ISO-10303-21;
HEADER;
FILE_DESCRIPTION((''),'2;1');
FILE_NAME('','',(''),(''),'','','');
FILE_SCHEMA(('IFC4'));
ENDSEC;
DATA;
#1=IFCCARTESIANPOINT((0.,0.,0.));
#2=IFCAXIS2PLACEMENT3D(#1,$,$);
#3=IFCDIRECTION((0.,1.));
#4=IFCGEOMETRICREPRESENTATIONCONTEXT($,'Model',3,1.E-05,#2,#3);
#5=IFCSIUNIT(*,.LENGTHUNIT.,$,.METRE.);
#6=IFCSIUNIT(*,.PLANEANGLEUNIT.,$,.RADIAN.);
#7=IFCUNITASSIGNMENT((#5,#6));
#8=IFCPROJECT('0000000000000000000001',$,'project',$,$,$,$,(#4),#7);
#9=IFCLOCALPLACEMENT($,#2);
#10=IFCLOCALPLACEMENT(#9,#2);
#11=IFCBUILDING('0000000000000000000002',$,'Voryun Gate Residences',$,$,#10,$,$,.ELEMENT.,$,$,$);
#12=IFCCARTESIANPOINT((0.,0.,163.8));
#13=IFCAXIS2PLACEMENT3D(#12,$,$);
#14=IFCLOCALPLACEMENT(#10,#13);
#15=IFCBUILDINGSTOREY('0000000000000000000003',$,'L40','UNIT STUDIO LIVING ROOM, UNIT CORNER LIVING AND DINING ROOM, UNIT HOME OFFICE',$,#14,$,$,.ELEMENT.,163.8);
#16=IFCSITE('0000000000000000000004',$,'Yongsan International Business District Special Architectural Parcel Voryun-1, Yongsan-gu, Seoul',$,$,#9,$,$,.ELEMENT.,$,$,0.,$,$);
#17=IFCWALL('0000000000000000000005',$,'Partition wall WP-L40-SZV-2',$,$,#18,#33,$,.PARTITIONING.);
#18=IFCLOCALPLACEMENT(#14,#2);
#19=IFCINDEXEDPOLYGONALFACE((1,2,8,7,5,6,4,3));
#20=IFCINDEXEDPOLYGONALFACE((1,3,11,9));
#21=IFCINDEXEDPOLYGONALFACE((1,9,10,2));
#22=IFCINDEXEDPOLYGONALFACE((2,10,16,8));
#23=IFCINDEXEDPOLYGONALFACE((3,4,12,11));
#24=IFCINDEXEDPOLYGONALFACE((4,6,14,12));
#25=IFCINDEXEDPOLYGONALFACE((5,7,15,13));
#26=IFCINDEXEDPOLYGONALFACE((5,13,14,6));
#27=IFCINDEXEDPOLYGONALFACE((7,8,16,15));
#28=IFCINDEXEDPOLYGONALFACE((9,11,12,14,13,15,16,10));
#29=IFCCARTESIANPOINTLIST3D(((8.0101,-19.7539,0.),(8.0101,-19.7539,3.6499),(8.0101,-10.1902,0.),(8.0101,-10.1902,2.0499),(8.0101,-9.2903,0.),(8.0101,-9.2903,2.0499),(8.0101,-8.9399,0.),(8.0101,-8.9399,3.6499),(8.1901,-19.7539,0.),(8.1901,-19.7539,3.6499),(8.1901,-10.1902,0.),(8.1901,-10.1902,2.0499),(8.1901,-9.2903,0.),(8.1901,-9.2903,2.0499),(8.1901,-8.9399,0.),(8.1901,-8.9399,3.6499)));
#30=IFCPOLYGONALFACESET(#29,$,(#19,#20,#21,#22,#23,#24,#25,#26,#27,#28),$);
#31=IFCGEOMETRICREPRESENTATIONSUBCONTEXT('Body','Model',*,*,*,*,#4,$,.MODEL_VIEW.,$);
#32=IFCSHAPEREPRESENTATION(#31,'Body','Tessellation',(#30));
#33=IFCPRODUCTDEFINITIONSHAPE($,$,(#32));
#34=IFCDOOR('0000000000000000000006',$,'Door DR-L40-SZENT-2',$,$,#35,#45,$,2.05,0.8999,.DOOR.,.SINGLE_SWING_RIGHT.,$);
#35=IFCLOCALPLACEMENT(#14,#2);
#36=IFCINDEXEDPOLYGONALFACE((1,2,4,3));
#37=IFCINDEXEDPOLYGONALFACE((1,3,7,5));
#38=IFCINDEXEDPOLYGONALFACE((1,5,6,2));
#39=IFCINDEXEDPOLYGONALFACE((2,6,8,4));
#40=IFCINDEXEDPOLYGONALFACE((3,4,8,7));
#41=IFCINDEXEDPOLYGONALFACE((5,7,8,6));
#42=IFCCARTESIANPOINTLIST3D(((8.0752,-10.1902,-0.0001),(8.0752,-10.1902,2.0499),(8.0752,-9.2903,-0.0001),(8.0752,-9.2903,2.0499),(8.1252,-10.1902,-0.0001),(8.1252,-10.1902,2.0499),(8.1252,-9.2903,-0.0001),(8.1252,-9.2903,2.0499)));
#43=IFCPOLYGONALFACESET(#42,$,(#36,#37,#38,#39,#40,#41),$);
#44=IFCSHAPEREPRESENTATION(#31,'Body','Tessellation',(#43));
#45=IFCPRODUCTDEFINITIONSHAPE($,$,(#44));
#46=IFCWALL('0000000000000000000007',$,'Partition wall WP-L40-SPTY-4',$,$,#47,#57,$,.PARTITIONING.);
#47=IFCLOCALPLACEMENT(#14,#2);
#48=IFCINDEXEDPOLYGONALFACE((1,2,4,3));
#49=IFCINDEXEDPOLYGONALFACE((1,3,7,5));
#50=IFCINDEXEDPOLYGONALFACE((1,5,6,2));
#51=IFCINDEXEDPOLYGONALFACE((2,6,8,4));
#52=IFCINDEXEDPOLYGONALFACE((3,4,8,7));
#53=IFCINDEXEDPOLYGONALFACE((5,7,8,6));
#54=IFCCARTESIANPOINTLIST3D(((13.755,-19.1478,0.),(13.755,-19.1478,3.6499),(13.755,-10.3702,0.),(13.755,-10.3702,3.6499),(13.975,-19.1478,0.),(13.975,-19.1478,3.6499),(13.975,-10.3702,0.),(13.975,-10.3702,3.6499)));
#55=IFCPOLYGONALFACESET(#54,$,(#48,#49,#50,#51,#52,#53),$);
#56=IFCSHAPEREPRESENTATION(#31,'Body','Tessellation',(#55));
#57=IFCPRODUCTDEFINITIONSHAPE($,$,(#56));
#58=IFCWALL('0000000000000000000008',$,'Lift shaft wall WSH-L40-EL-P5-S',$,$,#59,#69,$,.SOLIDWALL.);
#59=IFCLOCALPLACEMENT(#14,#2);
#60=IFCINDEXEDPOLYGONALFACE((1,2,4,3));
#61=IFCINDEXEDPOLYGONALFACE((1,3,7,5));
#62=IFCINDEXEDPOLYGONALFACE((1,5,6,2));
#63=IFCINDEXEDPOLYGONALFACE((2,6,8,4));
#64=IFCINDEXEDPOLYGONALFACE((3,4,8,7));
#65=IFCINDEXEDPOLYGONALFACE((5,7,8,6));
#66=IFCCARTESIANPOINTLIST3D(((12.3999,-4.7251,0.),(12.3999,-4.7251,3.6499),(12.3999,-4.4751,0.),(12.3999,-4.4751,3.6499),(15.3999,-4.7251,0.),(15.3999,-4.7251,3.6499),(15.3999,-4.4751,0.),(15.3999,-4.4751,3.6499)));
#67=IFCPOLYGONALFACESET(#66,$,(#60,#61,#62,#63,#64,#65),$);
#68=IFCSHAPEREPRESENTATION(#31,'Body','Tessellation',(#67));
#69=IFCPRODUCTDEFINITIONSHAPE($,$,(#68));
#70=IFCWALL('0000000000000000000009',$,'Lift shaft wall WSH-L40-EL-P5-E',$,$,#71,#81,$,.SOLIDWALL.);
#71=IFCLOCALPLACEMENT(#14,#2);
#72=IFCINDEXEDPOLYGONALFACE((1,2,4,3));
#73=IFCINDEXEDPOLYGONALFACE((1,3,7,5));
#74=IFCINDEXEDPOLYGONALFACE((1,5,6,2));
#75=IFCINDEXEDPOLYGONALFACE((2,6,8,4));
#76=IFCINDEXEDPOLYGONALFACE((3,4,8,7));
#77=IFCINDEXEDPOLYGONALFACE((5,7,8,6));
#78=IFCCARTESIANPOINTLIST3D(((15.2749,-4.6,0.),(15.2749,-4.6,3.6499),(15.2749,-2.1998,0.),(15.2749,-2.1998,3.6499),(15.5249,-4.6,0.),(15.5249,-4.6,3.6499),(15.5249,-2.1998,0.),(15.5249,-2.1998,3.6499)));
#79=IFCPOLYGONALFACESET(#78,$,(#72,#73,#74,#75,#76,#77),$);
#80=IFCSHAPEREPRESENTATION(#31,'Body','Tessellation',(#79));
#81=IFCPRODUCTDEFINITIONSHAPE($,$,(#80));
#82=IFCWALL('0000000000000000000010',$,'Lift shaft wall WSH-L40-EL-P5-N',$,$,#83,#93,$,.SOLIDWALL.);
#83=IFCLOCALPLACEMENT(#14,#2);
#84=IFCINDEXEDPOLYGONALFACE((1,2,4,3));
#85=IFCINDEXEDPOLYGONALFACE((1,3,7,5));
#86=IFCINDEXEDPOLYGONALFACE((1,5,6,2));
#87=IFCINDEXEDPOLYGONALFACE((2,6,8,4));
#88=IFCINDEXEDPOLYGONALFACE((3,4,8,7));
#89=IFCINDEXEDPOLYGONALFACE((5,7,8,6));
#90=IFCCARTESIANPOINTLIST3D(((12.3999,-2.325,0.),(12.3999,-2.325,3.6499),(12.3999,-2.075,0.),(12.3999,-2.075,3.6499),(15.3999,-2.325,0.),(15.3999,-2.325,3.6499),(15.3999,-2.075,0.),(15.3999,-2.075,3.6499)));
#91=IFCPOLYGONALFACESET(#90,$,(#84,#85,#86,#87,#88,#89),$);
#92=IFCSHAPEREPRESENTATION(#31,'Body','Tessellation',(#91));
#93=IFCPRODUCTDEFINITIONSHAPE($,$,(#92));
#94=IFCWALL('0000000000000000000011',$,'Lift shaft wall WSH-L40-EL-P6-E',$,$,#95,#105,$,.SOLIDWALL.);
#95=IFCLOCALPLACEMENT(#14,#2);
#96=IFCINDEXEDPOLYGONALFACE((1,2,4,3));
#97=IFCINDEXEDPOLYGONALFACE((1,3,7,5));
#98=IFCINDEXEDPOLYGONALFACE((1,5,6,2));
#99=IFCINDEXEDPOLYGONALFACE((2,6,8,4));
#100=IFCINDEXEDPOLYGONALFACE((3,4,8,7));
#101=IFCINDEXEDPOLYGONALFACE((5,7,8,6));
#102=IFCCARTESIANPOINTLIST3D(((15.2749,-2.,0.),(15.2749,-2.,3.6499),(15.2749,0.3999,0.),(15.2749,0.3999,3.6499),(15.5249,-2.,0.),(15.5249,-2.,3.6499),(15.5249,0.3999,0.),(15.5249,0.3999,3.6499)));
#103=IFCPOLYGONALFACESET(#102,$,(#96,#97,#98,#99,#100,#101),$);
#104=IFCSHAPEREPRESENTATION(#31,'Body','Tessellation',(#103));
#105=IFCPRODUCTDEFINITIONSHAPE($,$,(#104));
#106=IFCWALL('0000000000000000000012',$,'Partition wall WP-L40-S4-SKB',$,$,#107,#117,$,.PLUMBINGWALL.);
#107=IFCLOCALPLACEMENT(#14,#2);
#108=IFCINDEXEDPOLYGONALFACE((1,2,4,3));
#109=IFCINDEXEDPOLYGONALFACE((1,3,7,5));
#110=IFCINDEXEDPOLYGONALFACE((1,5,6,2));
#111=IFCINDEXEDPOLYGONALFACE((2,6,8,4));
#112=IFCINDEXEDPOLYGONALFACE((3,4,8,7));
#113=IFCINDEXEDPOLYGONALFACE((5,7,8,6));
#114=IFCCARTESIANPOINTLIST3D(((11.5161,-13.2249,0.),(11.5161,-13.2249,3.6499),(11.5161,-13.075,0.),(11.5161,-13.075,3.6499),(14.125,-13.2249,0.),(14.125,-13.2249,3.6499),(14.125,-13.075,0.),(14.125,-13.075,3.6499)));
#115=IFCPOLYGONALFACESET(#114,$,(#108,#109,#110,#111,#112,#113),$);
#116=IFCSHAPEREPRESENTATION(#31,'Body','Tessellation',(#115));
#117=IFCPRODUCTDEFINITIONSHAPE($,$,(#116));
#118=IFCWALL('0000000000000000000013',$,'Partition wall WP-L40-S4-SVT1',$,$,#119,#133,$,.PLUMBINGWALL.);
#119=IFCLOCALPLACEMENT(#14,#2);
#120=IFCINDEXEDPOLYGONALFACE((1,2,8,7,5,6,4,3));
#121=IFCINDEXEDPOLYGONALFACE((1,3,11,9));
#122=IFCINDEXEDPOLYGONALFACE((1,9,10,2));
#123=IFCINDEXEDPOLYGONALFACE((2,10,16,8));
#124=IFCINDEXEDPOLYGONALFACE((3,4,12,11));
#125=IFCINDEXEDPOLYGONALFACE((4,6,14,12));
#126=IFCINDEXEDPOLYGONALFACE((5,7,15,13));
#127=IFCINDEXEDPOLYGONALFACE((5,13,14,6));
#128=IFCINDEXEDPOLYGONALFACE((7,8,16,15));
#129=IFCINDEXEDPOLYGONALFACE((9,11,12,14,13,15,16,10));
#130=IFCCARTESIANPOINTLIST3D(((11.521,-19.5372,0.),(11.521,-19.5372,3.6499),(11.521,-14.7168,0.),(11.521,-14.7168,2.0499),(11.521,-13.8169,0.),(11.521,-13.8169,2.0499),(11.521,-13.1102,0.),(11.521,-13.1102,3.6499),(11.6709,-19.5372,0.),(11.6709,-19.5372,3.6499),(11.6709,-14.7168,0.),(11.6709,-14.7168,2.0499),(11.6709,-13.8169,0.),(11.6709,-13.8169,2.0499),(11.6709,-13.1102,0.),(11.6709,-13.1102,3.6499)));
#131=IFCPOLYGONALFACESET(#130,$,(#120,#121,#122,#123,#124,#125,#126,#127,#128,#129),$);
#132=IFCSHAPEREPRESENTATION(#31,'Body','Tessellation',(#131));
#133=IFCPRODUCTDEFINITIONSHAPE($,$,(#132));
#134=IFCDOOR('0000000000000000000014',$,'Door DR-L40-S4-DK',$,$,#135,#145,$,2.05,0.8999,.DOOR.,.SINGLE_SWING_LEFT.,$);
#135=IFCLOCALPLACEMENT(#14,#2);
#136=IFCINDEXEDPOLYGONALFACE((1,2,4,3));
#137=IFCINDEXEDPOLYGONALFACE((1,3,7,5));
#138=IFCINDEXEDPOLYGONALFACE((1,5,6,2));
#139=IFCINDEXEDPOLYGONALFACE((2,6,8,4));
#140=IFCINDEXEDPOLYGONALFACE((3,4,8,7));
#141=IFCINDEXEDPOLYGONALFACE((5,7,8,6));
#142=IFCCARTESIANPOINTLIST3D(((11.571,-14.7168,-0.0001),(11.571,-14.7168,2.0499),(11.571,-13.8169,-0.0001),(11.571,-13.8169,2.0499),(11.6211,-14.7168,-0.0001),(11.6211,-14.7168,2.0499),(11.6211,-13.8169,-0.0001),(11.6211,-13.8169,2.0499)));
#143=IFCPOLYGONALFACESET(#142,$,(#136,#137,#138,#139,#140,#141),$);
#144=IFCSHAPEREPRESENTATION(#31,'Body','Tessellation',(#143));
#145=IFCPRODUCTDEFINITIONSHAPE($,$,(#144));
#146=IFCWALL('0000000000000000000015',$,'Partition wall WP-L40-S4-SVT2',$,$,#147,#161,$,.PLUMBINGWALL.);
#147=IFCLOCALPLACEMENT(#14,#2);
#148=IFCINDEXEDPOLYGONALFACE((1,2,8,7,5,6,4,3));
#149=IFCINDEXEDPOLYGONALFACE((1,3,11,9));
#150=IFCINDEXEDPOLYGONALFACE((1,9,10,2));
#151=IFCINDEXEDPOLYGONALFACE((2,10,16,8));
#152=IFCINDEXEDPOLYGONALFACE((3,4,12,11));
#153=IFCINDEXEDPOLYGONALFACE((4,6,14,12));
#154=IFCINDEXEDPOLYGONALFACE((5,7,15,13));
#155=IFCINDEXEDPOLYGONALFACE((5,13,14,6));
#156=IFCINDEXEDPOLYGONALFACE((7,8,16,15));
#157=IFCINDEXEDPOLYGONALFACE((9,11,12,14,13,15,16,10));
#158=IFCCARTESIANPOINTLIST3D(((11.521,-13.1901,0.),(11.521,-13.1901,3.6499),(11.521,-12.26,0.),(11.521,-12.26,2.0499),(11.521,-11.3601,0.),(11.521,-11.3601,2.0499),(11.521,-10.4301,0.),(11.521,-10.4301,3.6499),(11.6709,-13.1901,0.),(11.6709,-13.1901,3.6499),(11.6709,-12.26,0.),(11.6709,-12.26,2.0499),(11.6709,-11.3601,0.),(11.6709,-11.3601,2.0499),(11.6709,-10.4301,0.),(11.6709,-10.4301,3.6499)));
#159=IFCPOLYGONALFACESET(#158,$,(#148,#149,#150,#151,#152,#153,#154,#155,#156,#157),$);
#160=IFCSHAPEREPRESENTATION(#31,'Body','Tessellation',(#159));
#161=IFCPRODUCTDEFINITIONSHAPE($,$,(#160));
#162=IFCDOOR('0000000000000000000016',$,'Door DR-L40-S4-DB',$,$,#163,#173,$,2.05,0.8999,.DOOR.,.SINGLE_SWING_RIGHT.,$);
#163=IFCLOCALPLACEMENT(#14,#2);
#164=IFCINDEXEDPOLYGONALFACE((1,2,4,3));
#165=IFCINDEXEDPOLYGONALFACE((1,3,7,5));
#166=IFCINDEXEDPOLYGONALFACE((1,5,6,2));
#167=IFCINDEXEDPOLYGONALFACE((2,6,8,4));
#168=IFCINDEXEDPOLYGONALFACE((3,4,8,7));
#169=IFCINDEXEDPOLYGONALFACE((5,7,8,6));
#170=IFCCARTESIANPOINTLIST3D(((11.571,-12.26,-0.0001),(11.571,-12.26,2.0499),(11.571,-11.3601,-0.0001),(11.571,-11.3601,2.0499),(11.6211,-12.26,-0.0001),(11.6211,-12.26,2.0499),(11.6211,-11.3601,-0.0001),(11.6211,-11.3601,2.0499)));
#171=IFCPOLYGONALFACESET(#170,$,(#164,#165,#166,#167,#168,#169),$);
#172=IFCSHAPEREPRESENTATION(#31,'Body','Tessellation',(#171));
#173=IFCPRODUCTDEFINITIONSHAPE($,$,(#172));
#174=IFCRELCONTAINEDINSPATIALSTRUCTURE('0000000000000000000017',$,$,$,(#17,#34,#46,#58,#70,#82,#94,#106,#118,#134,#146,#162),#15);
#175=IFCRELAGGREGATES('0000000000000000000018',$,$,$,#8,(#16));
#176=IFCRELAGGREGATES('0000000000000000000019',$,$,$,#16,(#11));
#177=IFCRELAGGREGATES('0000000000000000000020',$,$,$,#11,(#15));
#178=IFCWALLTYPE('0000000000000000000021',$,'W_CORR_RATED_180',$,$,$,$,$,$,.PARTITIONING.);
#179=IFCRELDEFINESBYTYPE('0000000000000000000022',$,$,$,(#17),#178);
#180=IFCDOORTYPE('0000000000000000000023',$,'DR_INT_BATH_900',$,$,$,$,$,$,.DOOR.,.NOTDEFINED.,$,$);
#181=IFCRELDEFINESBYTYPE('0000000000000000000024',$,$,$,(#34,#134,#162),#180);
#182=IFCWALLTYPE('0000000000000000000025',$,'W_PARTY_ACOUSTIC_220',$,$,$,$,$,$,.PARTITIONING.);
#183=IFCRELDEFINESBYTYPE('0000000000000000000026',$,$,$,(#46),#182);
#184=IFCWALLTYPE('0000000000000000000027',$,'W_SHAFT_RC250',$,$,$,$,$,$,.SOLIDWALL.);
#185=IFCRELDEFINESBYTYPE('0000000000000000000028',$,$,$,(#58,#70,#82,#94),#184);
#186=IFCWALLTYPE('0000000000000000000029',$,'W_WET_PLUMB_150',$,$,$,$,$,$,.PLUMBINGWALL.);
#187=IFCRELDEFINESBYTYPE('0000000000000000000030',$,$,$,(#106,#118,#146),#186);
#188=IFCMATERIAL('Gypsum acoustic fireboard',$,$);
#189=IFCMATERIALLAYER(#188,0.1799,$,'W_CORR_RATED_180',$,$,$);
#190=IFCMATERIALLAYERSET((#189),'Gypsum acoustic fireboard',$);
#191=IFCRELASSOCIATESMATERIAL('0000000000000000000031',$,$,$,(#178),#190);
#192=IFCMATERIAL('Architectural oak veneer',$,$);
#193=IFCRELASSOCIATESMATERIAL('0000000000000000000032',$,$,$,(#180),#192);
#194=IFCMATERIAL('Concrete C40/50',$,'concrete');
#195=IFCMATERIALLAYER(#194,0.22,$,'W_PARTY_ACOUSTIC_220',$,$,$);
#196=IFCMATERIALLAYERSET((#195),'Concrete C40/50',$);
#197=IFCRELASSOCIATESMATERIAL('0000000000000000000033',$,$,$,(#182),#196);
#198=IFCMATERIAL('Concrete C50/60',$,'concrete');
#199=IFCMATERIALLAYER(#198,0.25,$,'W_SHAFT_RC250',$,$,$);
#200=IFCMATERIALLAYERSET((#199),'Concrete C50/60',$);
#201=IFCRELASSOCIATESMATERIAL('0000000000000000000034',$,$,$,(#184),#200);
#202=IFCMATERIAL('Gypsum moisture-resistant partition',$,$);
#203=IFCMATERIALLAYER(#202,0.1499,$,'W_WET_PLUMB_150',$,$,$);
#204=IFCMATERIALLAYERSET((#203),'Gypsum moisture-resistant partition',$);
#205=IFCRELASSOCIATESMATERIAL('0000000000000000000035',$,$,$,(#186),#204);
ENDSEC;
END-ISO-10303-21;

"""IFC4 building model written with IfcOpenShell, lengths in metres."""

from ifc_helpers import new_model, si_unit, direction, frame, frame_2d, origin, place, context, subcontext, project, spatial, rectangle, extrude, material, layer, layer_set, type_object, element, fill, save


model = new_model("IFC4")

# Units and contexts
model_context = context("Model", 3, precision=1e-05, world=origin(), true_north=direction((0.0, 1.0)))
body_context = subcontext(model_context, "Body", "Model", "MODEL_VIEW")
ifc_project = project(units=[si_unit("LENGTHUNIT", "METRE"), si_unit("PLANEANGLEUNIT", "RADIAN")], contexts=[model_context])

# Site, building, storey
site_placement = place(None, origin())
site = spatial("IfcSite", under=ifc_project, at=site_placement, Name="Yongsan International Business District Special Architectural Parcel Voryun-1, Yongsan-gu, Seoul", CompositionType="ELEMENT", RefElevation=0.0)
building_placement = place(site_placement, origin())
building = spatial("IfcBuilding", under=site, at=building_placement, Name="Voryun Gate Residences", CompositionType="ELEMENT")
storey_placement = place(building_placement, frame((0.0, 0.0, 163.8)))
storey = spatial("IfcBuildingStorey", under=building, at=storey_placement, Name="L40", Description="UNIT STUDIO LIVING ROOM, UNIT CORNER LIVING AND DINING ROOM, UNIT HOME OFFICE", CompositionType="ELEMENT", Elevation=163.8)

# Shared definitions
ifc_material_1 = material(Name="Gypsum acoustic fireboard")
ifc_layer_1 = layer(ifc_material_1, 0.1799, Name="W_CORR_RATED_180")
ifc_layer_set_1 = layer_set([ifc_layer_1], Name="Gypsum acoustic fireboard")
wall_type_1 = type_object("IfcWallType", Name="W_CORR_RATED_180", PredefinedType="PARTITIONING", material=ifc_layer_set_1)

# Wall, opening, door
wall_1_placement = place(storey_placement, frame((8.1001, -19.7539, 0.0), z_axis=(0.0, 0.0, 1.0), x_axis=(0.0, 1.0, 0.0)))
wall_1 = element("IfcWall", 1, at=wall_1_placement, inside=storey, type_object=wall_type_1, Name="Partition wall WP-L40-SZV-2", PredefinedType="PARTITIONING", context=body_context, shape_type="SweptSolid", body=[
    extrude(rectangle(XDim=10.814, YDim=0.1799, at=frame_2d((5.407, 0.0))), origin(), (0.0, 0.0, 1.0), 3.6499),
])
opening_1_placement = place(wall_1_placement, frame((9.5637, 0.0, 0.0)))
opening_1 = element("IfcOpeningElement", 2, at=opening_1_placement, cuts=wall_1, PredefinedType="OPENING", context=body_context, shape_type="SweptSolid", body=[
    extrude(rectangle(XDim=0.8999, YDim=2.05, at=frame_2d((0.45, 1.0249))), frame((0.0, 0.0999, 0.0), z_axis=(0.0, -1.0, 0.0), x_axis=(1.0, 0.0, 0.0)), (0.0, 0.0, 1.0), 0.2),
])
ifc_material_2 = material(Name="Architectural oak veneer")
door_type_1 = type_object("IfcDoorType", Name="DR_INT_BATH_900", OperationType="NOTDEFINED", PredefinedType="DOOR", material=ifc_material_2)
door_1_placement = place(opening_1_placement, origin())
door_1 = element("IfcDoor", 3, at=door_1_placement, inside=storey, type_object=door_type_1, Name="Door DR-L40-SZENT-2", OperationType="SINGLE_SWING_RIGHT", OverallHeight=2.05, OverallWidth=0.8999, PredefinedType="DOOR", context=body_context, shape_type="SweptSolid", body=[
    extrude(rectangle(XDim=0.8999, YDim=2.05, at=frame_2d((0.45, 1.0249))), frame((0.0, 0.0249, 0.0), z_axis=(0.0, -1.0, 0.0), x_axis=(1.0, 0.0, 0.0)), (0.0, 0.0, 1.0), 0.05),
])
fill(opening_1, door_1)

# Walls
ifc_material_3 = material(Name="Concrete C40/50", Category="concrete")
ifc_layer_2 = layer(ifc_material_3, 0.22, Name="W_PARTY_ACOUSTIC_220")
ifc_layer_set_2 = layer_set([ifc_layer_2], Name="Concrete C40/50")
wall_type_2 = type_object("IfcWallType", Name="W_PARTY_ACOUSTIC_220", PredefinedType="PARTITIONING", material=ifc_layer_set_2)
wall_2_placement = place(storey_placement, frame((13.865, -19.1477, 0.0), z_axis=(0.0, 0.0, 1.0), x_axis=(0.0, 1.0, 0.0)))
element("IfcWall", 4, at=wall_2_placement, inside=storey, type_object=wall_type_2, Name="Partition wall WP-L40-SPTY-4", PredefinedType="PARTITIONING", context=body_context, shape_type="SweptSolid", body=[
    extrude(rectangle(XDim=8.7776, YDim=0.22, at=frame_2d((4.3887, 0.0))), origin(), (0.0, 0.0, 1.0), 3.6499),
])
ifc_material_4 = material(Name="Concrete C50/60", Category="concrete")
ifc_layer_3 = layer(ifc_material_4, 0.25, Name="W_SHAFT_RC250")
ifc_layer_set_3 = layer_set([ifc_layer_3], Name="Concrete C50/60")
wall_type_3 = type_object("IfcWallType", Name="W_SHAFT_RC250", PredefinedType="SOLIDWALL", material=ifc_layer_set_3)
wall_3_placement = place(storey_placement, frame((12.3999, -4.6001, 0.0), z_axis=(0.0, 0.0, 1.0), x_axis=(1.0, 0.0, 0.0)))
element("IfcWall", 5, at=wall_3_placement, inside=storey, type_object=wall_type_3, Name="Lift shaft wall WSH-L40-EL-P5-S", PredefinedType="SOLIDWALL", context=body_context, shape_type="SweptSolid", body=[
    extrude(rectangle(XDim=3.0, YDim=0.25, at=frame_2d((1.5, 0.0))), origin(), (0.0, 0.0, 1.0), 3.6499),
])
wall_4_placement = place(storey_placement, frame((15.3999, -4.6001, 0.0), z_axis=(0.0, 0.0, 1.0), x_axis=(0.0, 1.0, 0.0)))
element("IfcWall", 6, at=wall_4_placement, inside=storey, type_object=wall_type_3, Name="Lift shaft wall WSH-L40-EL-P5-E", PredefinedType="SOLIDWALL", context=body_context, shape_type="SweptSolid", body=[
    extrude(rectangle(XDim=2.4001, YDim=0.25, at=frame_2d((1.2002, 0.0))), origin(), (0.0, 0.0, 1.0), 3.6499),
])
wall_5_placement = place(storey_placement, frame((15.3999, -2.2, 0.0), z_axis=(0.0, 0.0, 1.0), x_axis=(-1.0, 0.0, 0.0)))
element("IfcWall", 7, at=wall_5_placement, inside=storey, type_object=wall_type_3, Name="Lift shaft wall WSH-L40-EL-P5-N", PredefinedType="SOLIDWALL", context=body_context, shape_type="SweptSolid", body=[
    extrude(rectangle(XDim=3.0, YDim=0.25, at=frame_2d((1.5, 0.0))), origin(), (0.0, 0.0, 1.0), 3.6499),
])
wall_6_placement = place(storey_placement, frame((15.3999, -2.0, 0.0), z_axis=(0.0, 0.0, 1.0), x_axis=(0.0, 1.0, 0.0)))
element("IfcWall", 8, at=wall_6_placement, inside=storey, type_object=wall_type_3, Name="Lift shaft wall WSH-L40-EL-P6-E", PredefinedType="SOLIDWALL", context=body_context, shape_type="SweptSolid", body=[
    extrude(rectangle(XDim=2.3999, YDim=0.25, at=frame_2d((1.2, 0.0))), origin(), (0.0, 0.0, 1.0), 3.6499),
])
ifc_material_5 = material(Name="Gypsum moisture-resistant partition")
ifc_layer_4 = layer(ifc_material_5, 0.1499, Name="W_WET_PLUMB_150")
ifc_layer_set_4 = layer_set([ifc_layer_4], Name="Gypsum moisture-resistant partition")
wall_type_4 = type_object("IfcWallType", Name="W_WET_PLUMB_150", PredefinedType="PLUMBINGWALL", material=ifc_layer_set_4)
wall_7_placement = place(storey_placement, frame((11.5161, -13.1499, 0.0), z_axis=(0.0, 0.0, 1.0), x_axis=(1.0, 0.0, 0.0)))
element("IfcWall", 9, at=wall_7_placement, inside=storey, type_object=wall_type_4, Name="Partition wall WP-L40-S4-SKB", PredefinedType="PLUMBINGWALL", context=body_context, shape_type="SweptSolid", body=[
    extrude(rectangle(XDim=2.6089, YDim=0.1499, at=frame_2d((1.3044, 0.0))), origin(), (0.0, 0.0, 1.0), 3.6499),
])

# Walls, openings, doors
wall_8_placement = place(storey_placement, frame((11.5959, -19.5371, 0.0), z_axis=(0.0, 0.0, 1.0), x_axis=(0.0, 1.0, 0.0)))
wall_8 = element("IfcWall", 10, at=wall_8_placement, inside=storey, type_object=wall_type_4, Name="Partition wall WP-L40-S4-SVT1", PredefinedType="PLUMBINGWALL", context=body_context, shape_type="SweptSolid", body=[
    extrude(rectangle(XDim=6.427, YDim=0.1499, at=frame_2d((3.2134, 0.0))), origin(), (0.0, 0.0, 1.0), 3.6499),
])
opening_2_placement = place(wall_8_placement, frame((4.8203, 0.0, 0.0)))
opening_2 = element("IfcOpeningElement", 11, at=opening_2_placement, cuts=wall_8, PredefinedType="OPENING", context=body_context, shape_type="SweptSolid", body=[
    extrude(rectangle(XDim=0.8999, YDim=2.05, at=frame_2d((0.45, 1.0249))), frame((0.0, 0.085, 0.0), z_axis=(0.0, -1.0, 0.0), x_axis=(1.0, 0.0, 0.0)), (0.0, 0.0, 1.0), 0.1699),
])
door_2_placement = place(opening_2_placement, origin())
door_2 = element("IfcDoor", 12, at=door_2_placement, inside=storey, type_object=door_type_1, Name="Door DR-L40-S4-DK", OperationType="SINGLE_SWING_LEFT", OverallHeight=2.05, OverallWidth=0.8999, PredefinedType="DOOR", context=body_context, shape_type="SweptSolid", body=[
    extrude(rectangle(XDim=0.8999, YDim=2.05, at=frame_2d((0.45, 1.0249))), frame((0.0, 0.0249, 0.0), z_axis=(0.0, -1.0, 0.0), x_axis=(1.0, 0.0, 0.0)), (0.0, 0.0, 1.0), 0.05),
])
fill(opening_2, door_2)
wall_9_placement = place(storey_placement, frame((11.5959, -13.1899, 0.0), z_axis=(0.0, 0.0, 1.0), x_axis=(0.0, 1.0, 0.0)))
wall_9 = element("IfcWall", 13, at=wall_9_placement, inside=storey, type_object=wall_type_4, Name="Partition wall WP-L40-S4-SVT2", PredefinedType="PLUMBINGWALL", context=body_context, shape_type="SweptSolid", body=[
    extrude(rectangle(XDim=2.76, YDim=0.1499, at=frame_2d((1.3799, 0.0))), origin(), (0.0, 0.0, 1.0), 3.6499),
])
opening_3_placement = place(wall_9_placement, frame((0.9299, 0.0, 0.0)))
opening_3 = element("IfcOpeningElement", 14, at=opening_3_placement, cuts=wall_9, PredefinedType="OPENING", context=body_context, shape_type="SweptSolid", body=[
    extrude(rectangle(XDim=0.8999, YDim=2.05, at=frame_2d((0.45, 1.0249))), frame((0.0, 0.085, 0.0), z_axis=(0.0, -1.0, 0.0), x_axis=(1.0, 0.0, 0.0)), (0.0, 0.0, 1.0), 0.1699),
])
door_3_placement = place(opening_3_placement, origin())
door_3 = element("IfcDoor", 15, at=door_3_placement, inside=storey, type_object=door_type_1, Name="Door DR-L40-S4-DB", OperationType="SINGLE_SWING_RIGHT", OverallHeight=2.05, OverallWidth=0.8999, PredefinedType="DOOR", context=body_context, shape_type="SweptSolid", body=[
    extrude(rectangle(XDim=0.8999, YDim=2.05, at=frame_2d((0.45, 1.0249))), frame((0.0, 0.0249, 0.0), z_axis=(0.0, -1.0, 0.0), x_axis=(1.0, 0.0, 0.0)), (0.0, 0.0, 1.0), 0.05),
])
fill(opening_3, door_3)

save(model, "model.ifc")
